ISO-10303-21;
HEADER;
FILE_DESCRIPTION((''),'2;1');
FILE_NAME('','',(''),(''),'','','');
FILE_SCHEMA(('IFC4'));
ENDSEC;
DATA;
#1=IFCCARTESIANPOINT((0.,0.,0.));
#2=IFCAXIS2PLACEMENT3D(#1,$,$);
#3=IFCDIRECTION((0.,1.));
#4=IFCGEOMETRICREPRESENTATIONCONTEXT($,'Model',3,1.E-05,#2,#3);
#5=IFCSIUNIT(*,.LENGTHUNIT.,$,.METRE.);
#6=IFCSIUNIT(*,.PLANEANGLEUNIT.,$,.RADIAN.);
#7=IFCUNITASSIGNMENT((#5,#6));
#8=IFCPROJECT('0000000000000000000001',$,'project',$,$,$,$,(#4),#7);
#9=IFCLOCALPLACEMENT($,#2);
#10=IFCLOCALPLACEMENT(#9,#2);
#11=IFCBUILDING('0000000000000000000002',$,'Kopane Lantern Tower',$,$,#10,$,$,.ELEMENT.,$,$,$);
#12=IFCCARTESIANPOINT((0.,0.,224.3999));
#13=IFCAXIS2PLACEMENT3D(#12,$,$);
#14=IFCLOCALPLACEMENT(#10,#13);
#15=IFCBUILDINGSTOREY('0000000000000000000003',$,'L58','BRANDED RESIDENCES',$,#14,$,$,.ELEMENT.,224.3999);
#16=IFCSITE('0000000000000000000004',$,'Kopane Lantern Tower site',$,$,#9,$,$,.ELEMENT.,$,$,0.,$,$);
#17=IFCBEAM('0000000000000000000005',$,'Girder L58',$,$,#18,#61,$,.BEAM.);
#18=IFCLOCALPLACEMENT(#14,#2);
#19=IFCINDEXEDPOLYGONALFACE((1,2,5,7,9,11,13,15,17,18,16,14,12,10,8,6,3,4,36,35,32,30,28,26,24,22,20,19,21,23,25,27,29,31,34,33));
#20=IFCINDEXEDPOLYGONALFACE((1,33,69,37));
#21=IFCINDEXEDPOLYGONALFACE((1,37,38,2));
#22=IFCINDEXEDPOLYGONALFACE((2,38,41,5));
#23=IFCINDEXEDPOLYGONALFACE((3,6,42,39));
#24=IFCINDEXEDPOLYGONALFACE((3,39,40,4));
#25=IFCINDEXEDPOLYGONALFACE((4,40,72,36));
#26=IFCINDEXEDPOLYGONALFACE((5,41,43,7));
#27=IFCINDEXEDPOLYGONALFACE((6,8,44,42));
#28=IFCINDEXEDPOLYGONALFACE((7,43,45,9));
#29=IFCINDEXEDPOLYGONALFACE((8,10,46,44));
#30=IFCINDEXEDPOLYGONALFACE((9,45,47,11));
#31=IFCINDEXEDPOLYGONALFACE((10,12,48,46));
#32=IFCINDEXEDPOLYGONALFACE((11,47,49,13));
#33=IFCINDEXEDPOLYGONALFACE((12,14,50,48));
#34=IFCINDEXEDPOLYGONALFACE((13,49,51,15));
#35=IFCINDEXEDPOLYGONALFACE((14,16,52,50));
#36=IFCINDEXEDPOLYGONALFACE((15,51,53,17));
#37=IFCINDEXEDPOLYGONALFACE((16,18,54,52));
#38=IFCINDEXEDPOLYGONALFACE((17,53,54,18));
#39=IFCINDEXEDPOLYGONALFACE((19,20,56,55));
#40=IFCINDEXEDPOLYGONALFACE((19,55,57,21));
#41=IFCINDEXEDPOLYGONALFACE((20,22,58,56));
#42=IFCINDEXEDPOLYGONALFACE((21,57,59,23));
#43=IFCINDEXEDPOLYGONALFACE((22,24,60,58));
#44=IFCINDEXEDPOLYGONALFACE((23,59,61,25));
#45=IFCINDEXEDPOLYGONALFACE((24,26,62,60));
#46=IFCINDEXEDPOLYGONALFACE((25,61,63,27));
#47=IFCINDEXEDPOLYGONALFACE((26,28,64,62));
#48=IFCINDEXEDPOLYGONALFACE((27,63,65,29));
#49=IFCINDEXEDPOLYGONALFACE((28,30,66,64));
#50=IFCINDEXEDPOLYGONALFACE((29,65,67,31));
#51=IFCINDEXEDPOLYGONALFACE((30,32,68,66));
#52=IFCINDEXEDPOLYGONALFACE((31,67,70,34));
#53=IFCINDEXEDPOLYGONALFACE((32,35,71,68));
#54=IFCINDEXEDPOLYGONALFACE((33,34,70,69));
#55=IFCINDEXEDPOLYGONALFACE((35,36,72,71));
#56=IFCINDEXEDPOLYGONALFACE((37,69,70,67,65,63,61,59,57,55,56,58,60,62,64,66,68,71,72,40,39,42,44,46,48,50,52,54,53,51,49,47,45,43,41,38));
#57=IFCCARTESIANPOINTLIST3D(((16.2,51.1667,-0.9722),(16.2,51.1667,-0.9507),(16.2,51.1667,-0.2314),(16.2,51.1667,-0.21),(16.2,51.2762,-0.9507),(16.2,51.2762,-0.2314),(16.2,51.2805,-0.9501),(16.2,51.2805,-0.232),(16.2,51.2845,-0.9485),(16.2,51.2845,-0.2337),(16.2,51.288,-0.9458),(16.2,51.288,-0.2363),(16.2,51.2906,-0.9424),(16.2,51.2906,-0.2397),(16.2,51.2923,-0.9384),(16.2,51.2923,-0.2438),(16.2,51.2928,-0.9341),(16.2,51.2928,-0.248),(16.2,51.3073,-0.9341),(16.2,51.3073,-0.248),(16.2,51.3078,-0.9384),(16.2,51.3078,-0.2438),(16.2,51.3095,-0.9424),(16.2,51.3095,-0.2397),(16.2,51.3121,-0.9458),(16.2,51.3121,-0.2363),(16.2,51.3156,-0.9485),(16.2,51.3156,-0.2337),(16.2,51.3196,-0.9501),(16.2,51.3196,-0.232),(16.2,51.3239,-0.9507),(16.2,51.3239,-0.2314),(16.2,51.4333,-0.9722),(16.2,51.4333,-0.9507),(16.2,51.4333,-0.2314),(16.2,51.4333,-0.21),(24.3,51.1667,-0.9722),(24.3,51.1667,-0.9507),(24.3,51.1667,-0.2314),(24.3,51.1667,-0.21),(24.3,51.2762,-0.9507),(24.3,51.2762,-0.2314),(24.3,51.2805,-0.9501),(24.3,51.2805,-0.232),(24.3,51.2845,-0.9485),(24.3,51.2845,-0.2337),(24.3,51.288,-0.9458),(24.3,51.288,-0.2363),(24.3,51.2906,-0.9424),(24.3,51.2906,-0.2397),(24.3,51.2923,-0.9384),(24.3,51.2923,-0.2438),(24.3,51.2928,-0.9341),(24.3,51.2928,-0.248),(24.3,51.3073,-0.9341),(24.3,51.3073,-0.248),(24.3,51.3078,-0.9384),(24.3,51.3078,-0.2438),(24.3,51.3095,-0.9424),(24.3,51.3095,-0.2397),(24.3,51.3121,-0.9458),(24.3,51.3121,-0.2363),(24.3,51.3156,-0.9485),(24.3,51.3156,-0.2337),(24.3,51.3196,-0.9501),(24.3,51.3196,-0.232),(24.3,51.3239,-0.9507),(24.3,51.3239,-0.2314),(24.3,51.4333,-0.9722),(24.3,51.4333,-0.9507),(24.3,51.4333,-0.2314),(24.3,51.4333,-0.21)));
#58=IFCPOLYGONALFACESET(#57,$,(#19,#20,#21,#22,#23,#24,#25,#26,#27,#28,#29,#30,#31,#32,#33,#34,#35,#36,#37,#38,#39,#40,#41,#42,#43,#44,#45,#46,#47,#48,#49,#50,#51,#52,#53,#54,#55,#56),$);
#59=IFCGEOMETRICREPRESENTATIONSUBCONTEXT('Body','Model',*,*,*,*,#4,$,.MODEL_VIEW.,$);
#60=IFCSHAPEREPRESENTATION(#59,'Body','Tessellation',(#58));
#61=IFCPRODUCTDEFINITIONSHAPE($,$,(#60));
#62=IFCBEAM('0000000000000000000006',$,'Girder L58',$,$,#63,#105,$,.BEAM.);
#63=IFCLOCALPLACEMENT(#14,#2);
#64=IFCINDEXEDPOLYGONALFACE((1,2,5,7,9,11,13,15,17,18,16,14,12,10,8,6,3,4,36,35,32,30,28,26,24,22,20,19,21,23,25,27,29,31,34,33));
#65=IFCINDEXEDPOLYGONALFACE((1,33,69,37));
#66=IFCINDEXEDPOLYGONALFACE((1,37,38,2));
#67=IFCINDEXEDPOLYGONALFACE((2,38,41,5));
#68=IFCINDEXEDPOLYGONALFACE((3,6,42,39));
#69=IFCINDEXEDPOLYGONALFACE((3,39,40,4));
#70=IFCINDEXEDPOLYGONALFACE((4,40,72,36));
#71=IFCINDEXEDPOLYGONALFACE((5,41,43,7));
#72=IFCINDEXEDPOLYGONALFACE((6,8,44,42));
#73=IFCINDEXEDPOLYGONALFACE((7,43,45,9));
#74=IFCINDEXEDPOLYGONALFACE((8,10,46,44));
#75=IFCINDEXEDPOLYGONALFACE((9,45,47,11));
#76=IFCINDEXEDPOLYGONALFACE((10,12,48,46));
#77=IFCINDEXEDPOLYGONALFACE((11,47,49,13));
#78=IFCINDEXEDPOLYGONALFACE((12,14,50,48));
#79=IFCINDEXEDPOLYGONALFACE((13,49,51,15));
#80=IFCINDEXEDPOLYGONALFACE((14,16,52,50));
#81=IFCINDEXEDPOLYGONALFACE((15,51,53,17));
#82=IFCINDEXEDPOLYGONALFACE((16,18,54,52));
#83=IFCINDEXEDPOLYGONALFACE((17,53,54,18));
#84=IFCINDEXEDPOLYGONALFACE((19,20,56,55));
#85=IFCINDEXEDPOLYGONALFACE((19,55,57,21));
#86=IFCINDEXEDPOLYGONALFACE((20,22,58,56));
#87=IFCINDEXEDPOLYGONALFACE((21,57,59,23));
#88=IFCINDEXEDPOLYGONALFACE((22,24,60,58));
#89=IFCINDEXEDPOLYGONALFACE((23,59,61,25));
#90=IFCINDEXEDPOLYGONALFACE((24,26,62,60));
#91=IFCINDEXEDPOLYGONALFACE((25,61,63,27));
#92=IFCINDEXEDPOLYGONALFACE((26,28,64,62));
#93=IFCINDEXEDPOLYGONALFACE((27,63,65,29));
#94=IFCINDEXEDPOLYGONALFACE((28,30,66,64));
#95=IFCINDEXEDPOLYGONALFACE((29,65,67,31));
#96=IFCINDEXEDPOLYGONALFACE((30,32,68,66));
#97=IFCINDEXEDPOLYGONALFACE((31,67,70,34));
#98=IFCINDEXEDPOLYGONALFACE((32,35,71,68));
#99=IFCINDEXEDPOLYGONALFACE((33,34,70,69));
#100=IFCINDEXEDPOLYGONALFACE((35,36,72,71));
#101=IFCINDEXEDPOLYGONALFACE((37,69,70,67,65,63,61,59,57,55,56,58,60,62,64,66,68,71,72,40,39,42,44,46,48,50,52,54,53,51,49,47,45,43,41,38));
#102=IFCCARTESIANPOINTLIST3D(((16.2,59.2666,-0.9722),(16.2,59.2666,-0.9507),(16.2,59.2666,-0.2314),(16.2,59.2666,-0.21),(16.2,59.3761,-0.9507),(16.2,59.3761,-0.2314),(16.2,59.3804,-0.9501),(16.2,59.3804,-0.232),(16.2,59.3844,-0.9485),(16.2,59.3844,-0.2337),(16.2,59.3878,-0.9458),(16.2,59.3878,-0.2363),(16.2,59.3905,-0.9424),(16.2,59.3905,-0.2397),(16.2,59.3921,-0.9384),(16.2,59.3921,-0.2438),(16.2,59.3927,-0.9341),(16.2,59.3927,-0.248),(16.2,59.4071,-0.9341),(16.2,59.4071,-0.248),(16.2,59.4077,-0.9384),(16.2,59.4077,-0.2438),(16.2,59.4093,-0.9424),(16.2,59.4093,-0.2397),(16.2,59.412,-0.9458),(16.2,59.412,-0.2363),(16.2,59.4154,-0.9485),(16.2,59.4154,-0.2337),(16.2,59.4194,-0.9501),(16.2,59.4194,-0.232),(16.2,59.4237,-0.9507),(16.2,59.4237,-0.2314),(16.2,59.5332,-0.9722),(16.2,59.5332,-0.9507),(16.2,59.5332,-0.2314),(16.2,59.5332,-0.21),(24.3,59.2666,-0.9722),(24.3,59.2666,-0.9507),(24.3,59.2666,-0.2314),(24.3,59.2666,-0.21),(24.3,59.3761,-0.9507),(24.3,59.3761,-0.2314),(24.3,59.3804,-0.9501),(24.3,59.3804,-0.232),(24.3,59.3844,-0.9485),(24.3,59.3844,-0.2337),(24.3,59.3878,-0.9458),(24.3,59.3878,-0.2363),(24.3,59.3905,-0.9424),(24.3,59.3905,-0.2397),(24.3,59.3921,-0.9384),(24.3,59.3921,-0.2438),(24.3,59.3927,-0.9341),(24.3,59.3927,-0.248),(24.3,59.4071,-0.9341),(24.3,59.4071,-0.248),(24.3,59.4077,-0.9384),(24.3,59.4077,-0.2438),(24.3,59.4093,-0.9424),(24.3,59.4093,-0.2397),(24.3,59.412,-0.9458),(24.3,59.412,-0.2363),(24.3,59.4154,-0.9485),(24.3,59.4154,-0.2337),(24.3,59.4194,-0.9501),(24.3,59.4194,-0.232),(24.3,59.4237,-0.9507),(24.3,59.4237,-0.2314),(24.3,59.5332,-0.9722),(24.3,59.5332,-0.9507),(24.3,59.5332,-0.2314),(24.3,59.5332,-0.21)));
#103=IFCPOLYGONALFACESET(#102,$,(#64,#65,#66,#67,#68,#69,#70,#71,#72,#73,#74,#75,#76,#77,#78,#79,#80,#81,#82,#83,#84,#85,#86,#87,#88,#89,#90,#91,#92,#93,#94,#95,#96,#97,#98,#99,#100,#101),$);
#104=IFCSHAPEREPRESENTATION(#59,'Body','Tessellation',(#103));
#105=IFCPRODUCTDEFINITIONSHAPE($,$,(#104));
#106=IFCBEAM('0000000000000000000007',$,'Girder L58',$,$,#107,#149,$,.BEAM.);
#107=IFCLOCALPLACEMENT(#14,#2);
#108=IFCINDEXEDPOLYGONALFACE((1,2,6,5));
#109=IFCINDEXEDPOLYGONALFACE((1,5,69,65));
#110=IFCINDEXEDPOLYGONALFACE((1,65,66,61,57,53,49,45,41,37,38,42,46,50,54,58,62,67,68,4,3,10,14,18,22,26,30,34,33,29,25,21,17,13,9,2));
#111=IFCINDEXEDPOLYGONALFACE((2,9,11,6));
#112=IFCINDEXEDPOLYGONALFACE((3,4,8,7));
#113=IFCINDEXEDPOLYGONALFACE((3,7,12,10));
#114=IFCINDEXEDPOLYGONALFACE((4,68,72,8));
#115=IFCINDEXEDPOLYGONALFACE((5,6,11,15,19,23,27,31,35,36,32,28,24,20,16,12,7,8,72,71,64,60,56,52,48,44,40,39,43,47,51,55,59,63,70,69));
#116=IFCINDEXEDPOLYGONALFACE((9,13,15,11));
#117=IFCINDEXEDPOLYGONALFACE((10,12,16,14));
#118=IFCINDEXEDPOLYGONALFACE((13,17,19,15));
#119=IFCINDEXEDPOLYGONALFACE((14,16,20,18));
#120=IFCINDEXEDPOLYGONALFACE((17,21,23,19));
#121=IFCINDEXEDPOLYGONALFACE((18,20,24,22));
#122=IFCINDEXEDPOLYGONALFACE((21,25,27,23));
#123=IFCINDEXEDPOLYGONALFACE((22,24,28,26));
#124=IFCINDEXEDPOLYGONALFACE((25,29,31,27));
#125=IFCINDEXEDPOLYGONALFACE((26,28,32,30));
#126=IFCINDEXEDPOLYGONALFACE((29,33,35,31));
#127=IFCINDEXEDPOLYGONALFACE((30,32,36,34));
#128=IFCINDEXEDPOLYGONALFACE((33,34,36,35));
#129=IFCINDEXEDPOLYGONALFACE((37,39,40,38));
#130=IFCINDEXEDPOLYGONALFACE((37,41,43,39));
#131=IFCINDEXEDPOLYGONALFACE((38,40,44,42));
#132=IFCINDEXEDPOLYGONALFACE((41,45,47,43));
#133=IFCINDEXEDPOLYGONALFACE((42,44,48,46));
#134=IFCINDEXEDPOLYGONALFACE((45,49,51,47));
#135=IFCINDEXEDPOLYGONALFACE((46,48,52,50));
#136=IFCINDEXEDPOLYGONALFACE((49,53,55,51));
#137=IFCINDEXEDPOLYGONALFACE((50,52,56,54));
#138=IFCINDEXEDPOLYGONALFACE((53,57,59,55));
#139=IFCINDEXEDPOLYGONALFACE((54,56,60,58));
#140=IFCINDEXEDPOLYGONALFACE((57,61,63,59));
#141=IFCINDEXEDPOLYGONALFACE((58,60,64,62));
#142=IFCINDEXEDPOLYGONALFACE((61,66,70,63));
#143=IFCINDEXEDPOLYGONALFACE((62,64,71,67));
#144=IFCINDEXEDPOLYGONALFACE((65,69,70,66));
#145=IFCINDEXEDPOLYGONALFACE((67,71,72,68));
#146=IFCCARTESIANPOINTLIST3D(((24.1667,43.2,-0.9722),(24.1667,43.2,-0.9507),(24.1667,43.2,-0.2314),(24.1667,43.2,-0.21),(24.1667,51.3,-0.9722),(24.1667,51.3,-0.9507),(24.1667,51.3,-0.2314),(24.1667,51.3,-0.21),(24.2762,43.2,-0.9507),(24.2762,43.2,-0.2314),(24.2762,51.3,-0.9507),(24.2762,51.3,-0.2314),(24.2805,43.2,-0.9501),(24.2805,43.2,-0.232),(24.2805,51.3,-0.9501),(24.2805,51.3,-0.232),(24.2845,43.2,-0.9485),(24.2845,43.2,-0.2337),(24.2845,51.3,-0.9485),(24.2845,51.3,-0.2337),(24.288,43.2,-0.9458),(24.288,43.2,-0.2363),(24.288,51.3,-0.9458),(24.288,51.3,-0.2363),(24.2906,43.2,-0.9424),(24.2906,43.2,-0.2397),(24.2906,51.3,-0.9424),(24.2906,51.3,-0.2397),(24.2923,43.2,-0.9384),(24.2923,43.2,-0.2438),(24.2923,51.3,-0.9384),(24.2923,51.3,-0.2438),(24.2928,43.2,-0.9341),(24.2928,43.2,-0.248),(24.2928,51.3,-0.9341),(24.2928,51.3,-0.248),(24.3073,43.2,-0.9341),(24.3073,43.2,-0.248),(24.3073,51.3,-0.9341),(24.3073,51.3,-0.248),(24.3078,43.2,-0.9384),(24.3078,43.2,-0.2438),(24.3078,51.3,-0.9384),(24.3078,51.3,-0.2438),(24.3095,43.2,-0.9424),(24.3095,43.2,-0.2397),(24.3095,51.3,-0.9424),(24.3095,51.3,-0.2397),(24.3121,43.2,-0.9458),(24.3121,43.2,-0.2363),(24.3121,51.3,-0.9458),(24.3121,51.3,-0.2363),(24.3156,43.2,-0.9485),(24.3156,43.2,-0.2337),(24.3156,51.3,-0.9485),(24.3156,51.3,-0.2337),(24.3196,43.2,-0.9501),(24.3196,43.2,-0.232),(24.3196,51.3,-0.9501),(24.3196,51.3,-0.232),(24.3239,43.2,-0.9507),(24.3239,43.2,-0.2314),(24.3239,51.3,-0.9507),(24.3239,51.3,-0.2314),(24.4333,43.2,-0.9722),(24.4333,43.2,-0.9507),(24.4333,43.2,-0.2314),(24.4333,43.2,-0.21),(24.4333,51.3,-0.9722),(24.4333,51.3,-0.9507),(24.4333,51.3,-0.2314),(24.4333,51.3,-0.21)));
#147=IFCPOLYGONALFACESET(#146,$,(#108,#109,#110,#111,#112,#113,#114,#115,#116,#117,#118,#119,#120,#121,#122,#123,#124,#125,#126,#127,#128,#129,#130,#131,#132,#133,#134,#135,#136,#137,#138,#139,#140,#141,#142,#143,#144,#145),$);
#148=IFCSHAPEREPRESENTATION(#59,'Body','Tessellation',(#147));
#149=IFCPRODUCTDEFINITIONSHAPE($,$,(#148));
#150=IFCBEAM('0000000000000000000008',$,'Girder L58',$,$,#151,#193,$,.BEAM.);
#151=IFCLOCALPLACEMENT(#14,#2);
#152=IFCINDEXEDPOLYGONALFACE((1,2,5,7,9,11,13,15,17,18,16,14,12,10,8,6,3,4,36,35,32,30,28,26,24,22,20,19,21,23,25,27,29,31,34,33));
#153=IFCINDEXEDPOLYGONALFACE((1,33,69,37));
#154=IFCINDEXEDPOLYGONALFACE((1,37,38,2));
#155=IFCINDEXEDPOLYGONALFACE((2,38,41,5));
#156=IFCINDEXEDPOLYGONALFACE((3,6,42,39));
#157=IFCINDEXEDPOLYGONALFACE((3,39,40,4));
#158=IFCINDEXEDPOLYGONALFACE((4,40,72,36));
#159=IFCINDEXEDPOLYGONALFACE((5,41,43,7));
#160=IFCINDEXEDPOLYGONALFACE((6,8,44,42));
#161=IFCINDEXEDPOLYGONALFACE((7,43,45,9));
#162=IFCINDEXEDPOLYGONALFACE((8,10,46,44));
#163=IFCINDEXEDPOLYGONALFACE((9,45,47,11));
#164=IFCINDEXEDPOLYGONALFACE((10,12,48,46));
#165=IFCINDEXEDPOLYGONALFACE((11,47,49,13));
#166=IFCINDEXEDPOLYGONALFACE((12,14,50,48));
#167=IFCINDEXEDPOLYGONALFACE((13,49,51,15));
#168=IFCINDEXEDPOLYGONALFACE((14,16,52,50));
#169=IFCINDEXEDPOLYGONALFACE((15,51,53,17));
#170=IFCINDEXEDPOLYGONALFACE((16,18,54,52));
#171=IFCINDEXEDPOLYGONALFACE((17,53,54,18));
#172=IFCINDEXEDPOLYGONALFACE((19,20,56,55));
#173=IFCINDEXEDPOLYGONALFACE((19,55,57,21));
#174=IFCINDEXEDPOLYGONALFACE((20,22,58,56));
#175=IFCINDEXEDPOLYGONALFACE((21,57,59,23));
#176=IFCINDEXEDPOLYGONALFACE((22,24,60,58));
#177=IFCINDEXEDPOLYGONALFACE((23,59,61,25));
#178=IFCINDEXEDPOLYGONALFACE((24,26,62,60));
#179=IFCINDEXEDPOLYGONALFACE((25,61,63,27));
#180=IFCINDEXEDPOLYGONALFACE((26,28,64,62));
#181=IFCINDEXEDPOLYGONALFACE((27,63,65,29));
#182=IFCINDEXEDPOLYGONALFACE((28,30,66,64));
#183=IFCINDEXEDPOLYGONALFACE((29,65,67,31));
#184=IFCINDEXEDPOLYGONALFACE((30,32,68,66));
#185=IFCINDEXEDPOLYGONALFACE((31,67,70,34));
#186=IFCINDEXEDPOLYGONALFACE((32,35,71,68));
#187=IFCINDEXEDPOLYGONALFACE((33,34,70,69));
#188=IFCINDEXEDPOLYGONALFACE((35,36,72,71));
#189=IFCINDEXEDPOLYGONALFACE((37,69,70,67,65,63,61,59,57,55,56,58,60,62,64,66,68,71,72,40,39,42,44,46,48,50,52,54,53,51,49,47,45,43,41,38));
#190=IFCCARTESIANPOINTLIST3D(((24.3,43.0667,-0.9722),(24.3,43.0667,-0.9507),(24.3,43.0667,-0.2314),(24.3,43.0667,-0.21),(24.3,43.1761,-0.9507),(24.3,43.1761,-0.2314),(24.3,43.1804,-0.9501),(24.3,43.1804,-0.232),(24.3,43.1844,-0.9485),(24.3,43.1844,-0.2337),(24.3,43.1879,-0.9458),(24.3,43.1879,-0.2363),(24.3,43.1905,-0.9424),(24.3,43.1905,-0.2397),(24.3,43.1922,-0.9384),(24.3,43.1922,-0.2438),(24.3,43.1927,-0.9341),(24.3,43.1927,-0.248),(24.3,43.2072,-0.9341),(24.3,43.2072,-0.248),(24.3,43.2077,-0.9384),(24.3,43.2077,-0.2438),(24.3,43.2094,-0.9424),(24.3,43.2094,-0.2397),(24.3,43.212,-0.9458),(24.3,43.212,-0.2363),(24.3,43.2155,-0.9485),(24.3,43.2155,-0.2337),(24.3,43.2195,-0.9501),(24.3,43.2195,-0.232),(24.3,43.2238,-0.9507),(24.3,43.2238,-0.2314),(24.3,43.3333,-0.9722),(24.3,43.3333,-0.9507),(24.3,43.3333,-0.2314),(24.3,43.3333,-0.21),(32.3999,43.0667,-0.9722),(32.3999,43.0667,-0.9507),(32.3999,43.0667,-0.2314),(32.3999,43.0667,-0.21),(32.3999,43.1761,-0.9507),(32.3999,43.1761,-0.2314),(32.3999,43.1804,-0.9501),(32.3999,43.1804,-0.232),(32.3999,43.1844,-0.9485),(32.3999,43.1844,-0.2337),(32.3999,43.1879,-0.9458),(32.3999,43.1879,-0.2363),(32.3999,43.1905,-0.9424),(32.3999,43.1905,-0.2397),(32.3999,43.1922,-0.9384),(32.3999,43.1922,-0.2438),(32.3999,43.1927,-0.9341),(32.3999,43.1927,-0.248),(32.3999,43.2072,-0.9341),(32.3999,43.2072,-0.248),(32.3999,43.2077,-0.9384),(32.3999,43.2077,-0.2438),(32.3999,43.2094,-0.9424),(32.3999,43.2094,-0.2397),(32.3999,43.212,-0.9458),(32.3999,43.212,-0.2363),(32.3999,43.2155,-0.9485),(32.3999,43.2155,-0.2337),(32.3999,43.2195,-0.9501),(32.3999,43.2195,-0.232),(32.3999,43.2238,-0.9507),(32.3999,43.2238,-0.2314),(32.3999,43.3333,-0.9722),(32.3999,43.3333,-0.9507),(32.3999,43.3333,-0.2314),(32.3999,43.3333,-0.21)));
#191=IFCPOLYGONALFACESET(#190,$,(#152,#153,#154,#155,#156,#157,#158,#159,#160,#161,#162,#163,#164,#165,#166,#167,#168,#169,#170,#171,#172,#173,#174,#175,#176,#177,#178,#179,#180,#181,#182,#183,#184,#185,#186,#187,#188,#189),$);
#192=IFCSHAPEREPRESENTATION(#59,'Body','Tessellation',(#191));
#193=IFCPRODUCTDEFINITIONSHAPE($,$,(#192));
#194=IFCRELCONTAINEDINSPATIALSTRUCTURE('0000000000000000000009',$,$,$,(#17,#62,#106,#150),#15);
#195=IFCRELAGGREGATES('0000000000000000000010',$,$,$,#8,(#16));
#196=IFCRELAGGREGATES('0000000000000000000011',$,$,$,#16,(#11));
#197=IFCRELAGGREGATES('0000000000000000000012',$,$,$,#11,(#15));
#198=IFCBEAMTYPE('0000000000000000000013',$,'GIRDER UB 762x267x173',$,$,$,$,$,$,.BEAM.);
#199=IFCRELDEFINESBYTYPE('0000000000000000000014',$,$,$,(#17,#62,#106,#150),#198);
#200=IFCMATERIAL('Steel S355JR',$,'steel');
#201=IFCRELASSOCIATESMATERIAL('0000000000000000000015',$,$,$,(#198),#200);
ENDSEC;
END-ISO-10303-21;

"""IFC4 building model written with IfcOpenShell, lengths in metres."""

from ifc_helpers import new_model, si_unit, direction, frame, origin, origin_2d, place, context, subcontext, project, spatial, i_section, extrude, material, material_profile, profile_set, type_object, element, save


model = new_model("IFC4")

# Units and contexts
model_context = context("Model", 3, precision=1e-05, world=origin(), true_north=direction((0.0, 1.0)))
body_context = subcontext(model_context, "Body", "Model", "MODEL_VIEW")
ifc_project = project(units=[si_unit("LENGTHUNIT", "METRE"), si_unit("PLANEANGLEUNIT", "RADIAN")], contexts=[model_context])

# Site, building, storey
site_placement = place(None, origin())
site = spatial("IfcSite", under=ifc_project, at=site_placement, Name="Kopane Lantern Tower site", CompositionType="ELEMENT", RefElevation=0.0)
building_placement = place(site_placement, origin())
building = spatial("IfcBuilding", under=site, at=building_placement, Name="Kopane Lantern Tower", CompositionType="ELEMENT")
storey_placement = place(building_placement, frame((0.0, 0.0, 224.3999)))
storey = spatial("IfcBuildingStorey", under=building, at=storey_placement, Name="L58", Description="BRANDED RESIDENCES", CompositionType="ELEMENT", Elevation=224.3999)

# Beams
ifc_material_1 = material(Name="Steel S355JR", Category="steel")
ifc_material_profile_1 = material_profile(ifc_material_1, i_section(OverallWidth=0.2666, OverallDepth=0.7622, WebThickness=0.0144, FlangeThickness=0.0215, FilletRadius=0.0166, at=origin_2d()), Name="UB 762x267x173")
ifc_profile_set_1 = profile_set([ifc_material_profile_1], Name="Steel S355JR")
beam_type = type_object("IfcBeamType", Name="GIRDER UB 762x267x173", PredefinedType="BEAM", material=ifc_profile_set_1)
for number, where, z_axis, x_axis, name in (
    (1, (16.2, 51.3, -0.5911), (1.0, 0.0, 0.0), (0.0, 1.0, 0.0), "Girder L58"),
    (2, (16.2, 59.3999, -0.5911), (1.0, 0.0, 0.0), (0.0, 1.0, 0.0), "Girder L58"),
    (3, (24.3, 43.2, -0.5911), (0.0, 1.0, 0.0), (-1.0, 0.0, 0.0), "Girder L58"),
):
    element("IfcBeam", number, at=place(storey_placement, frame(where, z_axis=z_axis, x_axis=x_axis)), inside=storey, type_object=beam_type, Name=name, PredefinedType="BEAM", context=body_context, shape_type="SweptSolid", body=[
        extrude(i_section(OverallWidth=0.2666, OverallDepth=0.7622, WebThickness=0.0144, FlangeThickness=0.0215, FilletRadius=0.0166, at=origin_2d()), origin(), (0.0, 0.0, 1.0), 8.1001),
    ])
for number, where, z_axis, x_axis, name in (
    (4, (24.3, 43.2, -0.5911), (1.0, 0.0, 0.0), (0.0, 1.0, 0.0), "Girder L58"),
):
    element("IfcBeam", number, at=place(storey_placement, frame(where, z_axis=z_axis, x_axis=x_axis)), inside=storey, type_object=beam_type, Name=name, PredefinedType="BEAM", context=body_context, shape_type="SweptSolid", body=[
        extrude(i_section(OverallWidth=0.2666, OverallDepth=0.7622, WebThickness=0.0144, FlangeThickness=0.0215, FilletRadius=0.0166, at=origin_2d()), origin(), (0.0, 0.0, 1.0), 8.0999),
    ])

save(model, "model.ifc")
